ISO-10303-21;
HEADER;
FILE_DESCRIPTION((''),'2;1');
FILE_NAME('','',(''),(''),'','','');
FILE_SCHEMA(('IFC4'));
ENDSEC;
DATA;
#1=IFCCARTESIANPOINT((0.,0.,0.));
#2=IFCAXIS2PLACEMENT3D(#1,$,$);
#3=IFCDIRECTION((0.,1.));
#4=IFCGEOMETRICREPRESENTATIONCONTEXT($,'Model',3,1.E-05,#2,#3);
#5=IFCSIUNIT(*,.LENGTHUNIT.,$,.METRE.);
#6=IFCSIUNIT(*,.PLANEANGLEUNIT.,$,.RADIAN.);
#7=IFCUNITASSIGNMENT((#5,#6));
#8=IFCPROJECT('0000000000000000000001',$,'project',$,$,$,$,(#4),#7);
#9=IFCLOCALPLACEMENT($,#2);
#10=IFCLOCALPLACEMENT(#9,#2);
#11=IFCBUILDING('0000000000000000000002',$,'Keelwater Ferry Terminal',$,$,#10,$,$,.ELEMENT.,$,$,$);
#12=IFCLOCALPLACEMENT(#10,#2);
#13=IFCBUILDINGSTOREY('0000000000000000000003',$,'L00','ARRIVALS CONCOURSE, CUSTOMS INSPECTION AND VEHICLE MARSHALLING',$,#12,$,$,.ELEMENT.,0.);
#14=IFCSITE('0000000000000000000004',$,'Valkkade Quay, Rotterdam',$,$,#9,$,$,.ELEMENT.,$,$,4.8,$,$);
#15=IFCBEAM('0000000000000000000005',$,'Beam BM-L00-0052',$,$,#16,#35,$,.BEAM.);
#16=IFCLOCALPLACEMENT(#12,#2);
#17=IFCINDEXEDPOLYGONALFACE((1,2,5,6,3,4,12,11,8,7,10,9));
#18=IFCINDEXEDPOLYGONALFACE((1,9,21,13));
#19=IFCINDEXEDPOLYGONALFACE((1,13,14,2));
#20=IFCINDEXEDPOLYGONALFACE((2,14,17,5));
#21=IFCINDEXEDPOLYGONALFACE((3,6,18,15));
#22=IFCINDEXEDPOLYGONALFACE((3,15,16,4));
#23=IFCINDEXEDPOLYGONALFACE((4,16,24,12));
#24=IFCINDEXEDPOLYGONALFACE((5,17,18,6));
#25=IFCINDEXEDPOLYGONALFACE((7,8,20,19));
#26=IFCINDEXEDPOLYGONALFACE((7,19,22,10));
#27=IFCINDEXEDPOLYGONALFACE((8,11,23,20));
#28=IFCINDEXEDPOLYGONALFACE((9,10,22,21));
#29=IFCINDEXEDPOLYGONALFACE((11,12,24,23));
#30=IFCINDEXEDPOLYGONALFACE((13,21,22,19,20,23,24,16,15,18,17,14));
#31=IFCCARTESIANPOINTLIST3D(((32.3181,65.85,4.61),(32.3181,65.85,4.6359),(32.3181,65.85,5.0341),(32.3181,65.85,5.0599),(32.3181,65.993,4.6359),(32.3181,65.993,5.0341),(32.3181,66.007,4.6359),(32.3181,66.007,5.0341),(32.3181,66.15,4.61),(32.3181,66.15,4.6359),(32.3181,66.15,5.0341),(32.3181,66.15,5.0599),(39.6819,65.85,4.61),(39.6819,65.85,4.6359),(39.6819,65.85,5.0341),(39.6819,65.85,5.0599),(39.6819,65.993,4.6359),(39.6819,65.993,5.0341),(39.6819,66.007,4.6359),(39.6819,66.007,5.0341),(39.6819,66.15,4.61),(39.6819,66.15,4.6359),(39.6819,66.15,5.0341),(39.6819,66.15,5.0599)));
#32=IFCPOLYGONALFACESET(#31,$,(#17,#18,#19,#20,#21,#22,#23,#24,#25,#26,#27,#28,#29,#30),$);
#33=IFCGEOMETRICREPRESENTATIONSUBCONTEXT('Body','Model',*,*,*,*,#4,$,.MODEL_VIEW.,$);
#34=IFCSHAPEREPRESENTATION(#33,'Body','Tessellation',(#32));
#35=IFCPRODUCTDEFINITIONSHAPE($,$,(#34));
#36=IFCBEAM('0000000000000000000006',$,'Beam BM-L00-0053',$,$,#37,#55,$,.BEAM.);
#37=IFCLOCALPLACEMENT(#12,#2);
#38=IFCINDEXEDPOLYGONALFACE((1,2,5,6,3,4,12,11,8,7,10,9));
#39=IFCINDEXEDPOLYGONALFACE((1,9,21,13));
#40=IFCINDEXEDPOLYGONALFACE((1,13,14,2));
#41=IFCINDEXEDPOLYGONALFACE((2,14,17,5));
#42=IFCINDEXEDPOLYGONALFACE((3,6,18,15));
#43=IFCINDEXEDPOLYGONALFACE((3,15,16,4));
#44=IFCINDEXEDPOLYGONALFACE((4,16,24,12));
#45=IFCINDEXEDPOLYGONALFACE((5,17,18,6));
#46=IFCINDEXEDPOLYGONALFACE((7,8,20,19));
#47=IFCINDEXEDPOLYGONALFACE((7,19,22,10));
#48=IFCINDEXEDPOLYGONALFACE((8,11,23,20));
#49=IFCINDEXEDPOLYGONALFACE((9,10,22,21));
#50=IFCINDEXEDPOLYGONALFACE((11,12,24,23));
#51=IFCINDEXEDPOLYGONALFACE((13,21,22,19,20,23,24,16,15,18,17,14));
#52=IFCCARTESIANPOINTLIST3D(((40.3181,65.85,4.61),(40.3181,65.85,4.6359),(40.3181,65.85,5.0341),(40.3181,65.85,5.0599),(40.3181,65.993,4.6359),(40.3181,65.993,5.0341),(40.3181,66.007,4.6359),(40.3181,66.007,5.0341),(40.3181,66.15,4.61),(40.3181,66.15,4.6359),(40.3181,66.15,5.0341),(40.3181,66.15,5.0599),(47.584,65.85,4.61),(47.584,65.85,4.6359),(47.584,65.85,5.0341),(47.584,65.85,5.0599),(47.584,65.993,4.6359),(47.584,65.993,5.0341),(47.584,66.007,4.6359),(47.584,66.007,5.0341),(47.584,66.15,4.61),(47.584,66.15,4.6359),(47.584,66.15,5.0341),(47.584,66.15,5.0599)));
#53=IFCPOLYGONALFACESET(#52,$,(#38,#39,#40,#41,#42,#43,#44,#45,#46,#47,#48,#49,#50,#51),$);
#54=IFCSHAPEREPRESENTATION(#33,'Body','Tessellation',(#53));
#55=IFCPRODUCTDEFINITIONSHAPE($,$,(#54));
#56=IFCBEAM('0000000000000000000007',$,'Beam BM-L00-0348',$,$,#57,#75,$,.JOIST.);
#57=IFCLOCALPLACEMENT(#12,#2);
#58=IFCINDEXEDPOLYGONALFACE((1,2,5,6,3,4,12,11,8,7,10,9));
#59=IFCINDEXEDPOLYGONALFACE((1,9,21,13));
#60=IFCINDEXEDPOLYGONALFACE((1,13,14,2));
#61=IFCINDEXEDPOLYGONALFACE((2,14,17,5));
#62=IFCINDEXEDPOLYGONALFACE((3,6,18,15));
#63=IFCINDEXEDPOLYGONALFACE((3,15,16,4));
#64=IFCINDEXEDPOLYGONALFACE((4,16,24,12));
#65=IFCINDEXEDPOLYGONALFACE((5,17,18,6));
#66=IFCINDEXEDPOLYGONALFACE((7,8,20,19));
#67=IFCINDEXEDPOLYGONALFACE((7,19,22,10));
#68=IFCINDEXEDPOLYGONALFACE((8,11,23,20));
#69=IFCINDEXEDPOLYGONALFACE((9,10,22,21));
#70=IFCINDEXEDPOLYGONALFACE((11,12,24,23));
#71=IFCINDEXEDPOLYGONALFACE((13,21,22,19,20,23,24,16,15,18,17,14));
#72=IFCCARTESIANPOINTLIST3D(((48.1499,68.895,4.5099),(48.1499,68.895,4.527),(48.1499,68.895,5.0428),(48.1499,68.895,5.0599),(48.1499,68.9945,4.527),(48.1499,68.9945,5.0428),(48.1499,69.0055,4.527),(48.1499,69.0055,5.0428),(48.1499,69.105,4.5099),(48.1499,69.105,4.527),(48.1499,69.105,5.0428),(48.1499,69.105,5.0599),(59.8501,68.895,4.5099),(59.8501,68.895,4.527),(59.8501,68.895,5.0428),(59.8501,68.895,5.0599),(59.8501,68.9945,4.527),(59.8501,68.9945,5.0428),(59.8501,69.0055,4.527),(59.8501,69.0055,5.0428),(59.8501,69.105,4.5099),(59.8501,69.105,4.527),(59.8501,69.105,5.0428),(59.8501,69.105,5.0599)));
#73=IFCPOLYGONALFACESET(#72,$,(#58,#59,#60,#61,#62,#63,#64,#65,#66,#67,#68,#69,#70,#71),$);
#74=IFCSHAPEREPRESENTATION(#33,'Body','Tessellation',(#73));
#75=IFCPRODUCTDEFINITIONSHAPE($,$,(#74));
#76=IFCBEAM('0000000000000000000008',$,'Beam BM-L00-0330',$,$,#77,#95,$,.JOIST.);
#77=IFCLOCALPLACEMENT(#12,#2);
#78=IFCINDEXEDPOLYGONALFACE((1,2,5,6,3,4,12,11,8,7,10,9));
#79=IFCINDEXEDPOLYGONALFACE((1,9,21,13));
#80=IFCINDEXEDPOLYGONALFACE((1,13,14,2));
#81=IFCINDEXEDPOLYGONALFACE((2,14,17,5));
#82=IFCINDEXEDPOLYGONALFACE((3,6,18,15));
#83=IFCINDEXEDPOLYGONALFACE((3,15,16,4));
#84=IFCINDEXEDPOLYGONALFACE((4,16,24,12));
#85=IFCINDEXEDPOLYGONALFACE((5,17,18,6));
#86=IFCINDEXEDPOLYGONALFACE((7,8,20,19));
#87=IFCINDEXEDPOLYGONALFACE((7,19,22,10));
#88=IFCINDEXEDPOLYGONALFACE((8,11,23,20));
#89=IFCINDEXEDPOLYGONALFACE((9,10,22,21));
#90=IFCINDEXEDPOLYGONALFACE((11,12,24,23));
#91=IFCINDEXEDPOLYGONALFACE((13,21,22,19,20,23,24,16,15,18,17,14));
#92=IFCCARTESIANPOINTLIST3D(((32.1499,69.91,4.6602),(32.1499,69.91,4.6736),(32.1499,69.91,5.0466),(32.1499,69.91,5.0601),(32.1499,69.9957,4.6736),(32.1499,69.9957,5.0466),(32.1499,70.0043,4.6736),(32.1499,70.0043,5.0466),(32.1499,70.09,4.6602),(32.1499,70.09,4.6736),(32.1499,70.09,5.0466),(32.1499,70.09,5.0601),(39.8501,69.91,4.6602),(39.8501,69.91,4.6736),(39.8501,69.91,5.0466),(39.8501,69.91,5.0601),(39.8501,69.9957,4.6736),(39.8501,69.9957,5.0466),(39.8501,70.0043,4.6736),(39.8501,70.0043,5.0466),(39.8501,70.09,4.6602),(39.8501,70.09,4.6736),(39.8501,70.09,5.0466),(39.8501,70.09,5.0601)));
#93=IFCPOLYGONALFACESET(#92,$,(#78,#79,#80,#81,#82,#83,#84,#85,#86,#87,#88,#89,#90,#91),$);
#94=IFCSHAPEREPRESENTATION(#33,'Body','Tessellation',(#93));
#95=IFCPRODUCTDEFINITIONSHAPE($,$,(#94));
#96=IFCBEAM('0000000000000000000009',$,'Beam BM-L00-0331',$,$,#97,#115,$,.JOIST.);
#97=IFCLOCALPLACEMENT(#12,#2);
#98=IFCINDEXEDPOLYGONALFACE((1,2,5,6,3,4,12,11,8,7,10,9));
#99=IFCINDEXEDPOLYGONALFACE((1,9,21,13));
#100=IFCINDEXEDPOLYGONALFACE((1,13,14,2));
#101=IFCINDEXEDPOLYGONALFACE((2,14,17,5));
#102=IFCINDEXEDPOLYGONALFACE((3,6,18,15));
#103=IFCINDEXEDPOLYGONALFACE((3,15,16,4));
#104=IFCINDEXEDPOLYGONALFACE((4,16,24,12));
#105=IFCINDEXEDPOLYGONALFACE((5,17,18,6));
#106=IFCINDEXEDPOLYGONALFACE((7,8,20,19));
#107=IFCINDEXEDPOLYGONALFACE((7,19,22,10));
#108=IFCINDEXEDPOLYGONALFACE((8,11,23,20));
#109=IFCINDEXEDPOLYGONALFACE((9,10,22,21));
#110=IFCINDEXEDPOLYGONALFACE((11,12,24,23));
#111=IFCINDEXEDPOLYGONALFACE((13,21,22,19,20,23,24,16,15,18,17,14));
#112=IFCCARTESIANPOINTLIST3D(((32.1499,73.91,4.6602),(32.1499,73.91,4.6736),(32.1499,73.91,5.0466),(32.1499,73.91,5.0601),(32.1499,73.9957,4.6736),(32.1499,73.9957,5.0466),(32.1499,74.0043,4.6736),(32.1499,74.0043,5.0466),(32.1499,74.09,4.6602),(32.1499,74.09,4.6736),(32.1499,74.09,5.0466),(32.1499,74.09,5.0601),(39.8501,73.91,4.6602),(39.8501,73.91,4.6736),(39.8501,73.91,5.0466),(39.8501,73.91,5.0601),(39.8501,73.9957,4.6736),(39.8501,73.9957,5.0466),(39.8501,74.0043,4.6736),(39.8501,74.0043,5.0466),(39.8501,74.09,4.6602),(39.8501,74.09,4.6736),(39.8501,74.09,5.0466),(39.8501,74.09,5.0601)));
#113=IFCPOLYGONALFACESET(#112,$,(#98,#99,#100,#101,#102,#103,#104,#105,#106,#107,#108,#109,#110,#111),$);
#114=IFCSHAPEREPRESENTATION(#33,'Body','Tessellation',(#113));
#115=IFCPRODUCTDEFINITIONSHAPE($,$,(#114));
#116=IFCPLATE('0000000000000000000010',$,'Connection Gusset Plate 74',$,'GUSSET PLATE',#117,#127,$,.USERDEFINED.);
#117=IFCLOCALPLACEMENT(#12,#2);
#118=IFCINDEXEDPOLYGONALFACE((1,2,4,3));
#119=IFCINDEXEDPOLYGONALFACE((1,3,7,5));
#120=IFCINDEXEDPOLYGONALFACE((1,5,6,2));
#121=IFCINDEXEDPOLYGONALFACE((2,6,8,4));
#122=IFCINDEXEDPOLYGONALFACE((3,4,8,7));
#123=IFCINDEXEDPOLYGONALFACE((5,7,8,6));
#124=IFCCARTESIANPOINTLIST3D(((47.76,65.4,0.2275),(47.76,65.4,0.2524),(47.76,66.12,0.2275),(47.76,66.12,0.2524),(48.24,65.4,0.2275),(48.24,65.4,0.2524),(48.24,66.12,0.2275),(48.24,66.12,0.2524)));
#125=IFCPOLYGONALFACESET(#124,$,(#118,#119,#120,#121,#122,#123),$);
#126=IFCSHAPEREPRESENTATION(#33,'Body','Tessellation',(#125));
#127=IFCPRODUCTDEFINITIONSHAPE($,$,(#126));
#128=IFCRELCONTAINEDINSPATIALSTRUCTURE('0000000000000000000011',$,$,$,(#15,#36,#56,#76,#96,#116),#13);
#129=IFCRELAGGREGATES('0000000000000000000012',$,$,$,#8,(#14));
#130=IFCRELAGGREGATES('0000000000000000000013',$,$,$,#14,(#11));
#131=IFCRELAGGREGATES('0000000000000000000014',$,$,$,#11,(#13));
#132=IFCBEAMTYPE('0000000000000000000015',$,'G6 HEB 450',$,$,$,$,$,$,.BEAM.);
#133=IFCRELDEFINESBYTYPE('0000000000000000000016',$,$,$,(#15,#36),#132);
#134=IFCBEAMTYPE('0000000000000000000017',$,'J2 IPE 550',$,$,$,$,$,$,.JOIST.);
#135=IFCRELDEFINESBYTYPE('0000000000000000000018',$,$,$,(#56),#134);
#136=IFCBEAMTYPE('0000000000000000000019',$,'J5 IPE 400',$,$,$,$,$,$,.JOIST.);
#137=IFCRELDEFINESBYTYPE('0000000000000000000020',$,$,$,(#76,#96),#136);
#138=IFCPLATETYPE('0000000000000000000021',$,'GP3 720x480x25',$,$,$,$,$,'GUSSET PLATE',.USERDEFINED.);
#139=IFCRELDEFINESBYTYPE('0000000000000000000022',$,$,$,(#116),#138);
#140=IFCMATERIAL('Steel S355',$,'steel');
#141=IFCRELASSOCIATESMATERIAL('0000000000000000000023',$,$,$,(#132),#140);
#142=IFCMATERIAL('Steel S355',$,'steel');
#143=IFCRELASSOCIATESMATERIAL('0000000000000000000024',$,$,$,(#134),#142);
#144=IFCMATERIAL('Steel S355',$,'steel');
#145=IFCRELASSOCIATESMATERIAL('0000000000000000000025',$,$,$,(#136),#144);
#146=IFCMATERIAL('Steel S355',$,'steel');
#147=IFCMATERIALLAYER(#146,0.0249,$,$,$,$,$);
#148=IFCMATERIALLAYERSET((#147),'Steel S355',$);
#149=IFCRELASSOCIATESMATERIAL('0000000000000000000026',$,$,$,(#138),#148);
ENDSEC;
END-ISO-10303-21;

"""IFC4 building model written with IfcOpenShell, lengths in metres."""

from ifc_helpers import new_model, si_unit, direction, frame, origin, origin_2d, place, context, subcontext, project, spatial, rectangle, i_section, extrude, material, layer, layer_set, material_profile, profile_set, type_object, element, save


model = new_model("IFC4")

# Units and contexts
model_context = context("Model", 3, precision=1e-05, world=origin(), true_north=direction((0.0, 1.0)))
body_context = subcontext(model_context, "Body", "Model", "MODEL_VIEW")
ifc_project = project(units=[si_unit("LENGTHUNIT", "METRE"), si_unit("PLANEANGLEUNIT", "RADIAN")], contexts=[model_context])

# Site, building, storey
site_placement = place(None, origin())
site = spatial("IfcSite", under=ifc_project, at=site_placement, Name="Valkkade Quay, Rotterdam", CompositionType="ELEMENT", RefElevation=4.8)
building_placement = place(site_placement, origin())
building = spatial("IfcBuilding", under=site, at=building_placement, Name="Keelwater Ferry Terminal", CompositionType="ELEMENT")
storey_placement = place(building_placement, origin())
storey = spatial("IfcBuildingStorey", under=building, at=storey_placement, Name="L00", Description="ARRIVALS CONCOURSE, CUSTOMS INSPECTION AND VEHICLE MARSHALLING", CompositionType="ELEMENT", Elevation=0.0)

# Beams
ifc_material_1 = material(Name="Steel S355", Category="steel")
ifc_material_profile_1 = material_profile(ifc_material_1, i_section(OverallWidth=0.3, OverallDepth=0.45, WebThickness=0.0139, FlangeThickness=0.0259, at=origin_2d()), Name="HEB 450")
ifc_profile_set_1 = profile_set([ifc_material_profile_1], Name="Steel S355")
beam_type_1 = type_object("IfcBeamType", Name="G6 HEB 450", PredefinedType="BEAM", material=ifc_profile_set_1)
beam_1_placement = place(storey_placement, frame((32.3181, 66.0, 4.835), z_axis=(1.0, 0.0, 0.0), x_axis=(0.0, 1.0, 0.0)))
element("IfcBeam", 1, at=beam_1_placement, inside=storey, type_object=beam_type_1, Name="Beam BM-L00-0052", PredefinedType="BEAM", context=body_context, shape_type="SweptSolid", body=[
    extrude(i_section(OverallWidth=0.3, OverallDepth=0.45, WebThickness=0.0139, FlangeThickness=0.0259, at=origin_2d()), origin(), (0.0, 0.0, 1.0), 7.3638),
])
beam_2_placement = place(storey_placement, frame((40.3181, 66.0, 4.835), z_axis=(1.0, 0.0, 0.0), x_axis=(0.0, 1.0, 0.0)))
element("IfcBeam", 2, at=beam_2_placement, inside=storey, type_object=beam_type_1, Name="Beam BM-L00-0053", PredefinedType="BEAM", context=body_context, shape_type="SweptSolid", body=[
    extrude(i_section(OverallWidth=0.3, OverallDepth=0.45, WebThickness=0.0139, FlangeThickness=0.0259, at=origin_2d()), origin(), (0.0, 0.0, 1.0), 7.2659),
])
ifc_material_2 = material(Name="Steel S355", Category="steel")
ifc_material_profile_2 = material_profile(ifc_material_2, i_section(OverallWidth=0.21, OverallDepth=0.55, WebThickness=0.011, FlangeThickness=0.0171, at=origin_2d()), Name="IPE 550")
ifc_profile_set_2 = profile_set([ifc_material_profile_2], Name="Steel S355")
beam_type_2 = type_object("IfcBeamType", Name="J2 IPE 550", PredefinedType="JOIST", material=ifc_profile_set_2)
beam_3_placement = place(storey_placement, frame((48.1499, 69.0, 4.7849), z_axis=(1.0, 0.0, 0.0), x_axis=(0.0, 1.0, 0.0)))
element("IfcBeam", 3, at=beam_3_placement, inside=storey, type_object=beam_type_2, Name="Beam BM-L00-0348", PredefinedType="JOIST", context=body_context, shape_type="SweptSolid", body=[
    extrude(i_section(OverallWidth=0.21, OverallDepth=0.55, WebThickness=0.011, FlangeThickness=0.0171, at=origin_2d()), origin(), (0.0, 0.0, 1.0), 11.7002),
])
ifc_material_3 = material(Name="Steel S355", Category="steel")
ifc_material_profile_3 = material_profile(ifc_material_3, i_section(OverallWidth=0.1799, OverallDepth=0.3999, WebThickness=0.0085, FlangeThickness=0.0134, at=origin_2d()), Name="IPE 400")
ifc_profile_set_3 = profile_set([ifc_material_profile_3], Name="Steel S355")
beam_type_3 = type_object("IfcBeamType", Name="J5 IPE 400", PredefinedType="JOIST", material=ifc_profile_set_3)
for number, where, z_axis, x_axis, name in (
    (4, (32.1499, 70.0, 4.8601), (1.0, 0.0, 0.0), (0.0, 1.0, 0.0), "Beam BM-L00-0330"),
    (5, (32.1499, 74.0, 4.8601), (1.0, 0.0, 0.0), (0.0, 1.0, 0.0), "Beam BM-L00-0331"),
):
    element("IfcBeam", number, at=place(storey_placement, frame(where, z_axis=z_axis, x_axis=x_axis)), inside=storey, type_object=beam_type_3, Name=name, PredefinedType="JOIST", context=body_context, shape_type="SweptSolid", body=[
        extrude(i_section(OverallWidth=0.1799, OverallDepth=0.3999, WebThickness=0.0085, FlangeThickness=0.0134, at=origin_2d()), origin(), (0.0, 0.0, 1.0), 7.7002),
    ])

# Plate
ifc_material_4 = material(Name="Steel S355", Category="steel")
ifc_layer = layer(ifc_material_4, 0.0249)
ifc_layer_set = layer_set([ifc_layer], Name="Steel S355")
plate_type = type_object("IfcPlateType", Name="GP3 720x480x25", ElementType="GUSSET PLATE", PredefinedType="USERDEFINED", material=ifc_layer_set)
plate_placement = place(storey_placement, frame((48.0, 65.76, 0.2275), z_axis=(0.0, 0.0, 1.0), x_axis=(0.0, 1.0, 0.0)))
element("IfcPlate", 6, at=plate_placement, inside=storey, type_object=plate_type, Name="Connection Gusset Plate 74", ObjectType="GUSSET PLATE", PredefinedType="USERDEFINED", context=body_context, shape_type="SweptSolid", body=[
    extrude(rectangle(XDim=0.72, YDim=0.48, at=origin_2d()), origin(), (0.0, 0.0, 1.0), 0.0249),
])

save(model, "model.ifc")
